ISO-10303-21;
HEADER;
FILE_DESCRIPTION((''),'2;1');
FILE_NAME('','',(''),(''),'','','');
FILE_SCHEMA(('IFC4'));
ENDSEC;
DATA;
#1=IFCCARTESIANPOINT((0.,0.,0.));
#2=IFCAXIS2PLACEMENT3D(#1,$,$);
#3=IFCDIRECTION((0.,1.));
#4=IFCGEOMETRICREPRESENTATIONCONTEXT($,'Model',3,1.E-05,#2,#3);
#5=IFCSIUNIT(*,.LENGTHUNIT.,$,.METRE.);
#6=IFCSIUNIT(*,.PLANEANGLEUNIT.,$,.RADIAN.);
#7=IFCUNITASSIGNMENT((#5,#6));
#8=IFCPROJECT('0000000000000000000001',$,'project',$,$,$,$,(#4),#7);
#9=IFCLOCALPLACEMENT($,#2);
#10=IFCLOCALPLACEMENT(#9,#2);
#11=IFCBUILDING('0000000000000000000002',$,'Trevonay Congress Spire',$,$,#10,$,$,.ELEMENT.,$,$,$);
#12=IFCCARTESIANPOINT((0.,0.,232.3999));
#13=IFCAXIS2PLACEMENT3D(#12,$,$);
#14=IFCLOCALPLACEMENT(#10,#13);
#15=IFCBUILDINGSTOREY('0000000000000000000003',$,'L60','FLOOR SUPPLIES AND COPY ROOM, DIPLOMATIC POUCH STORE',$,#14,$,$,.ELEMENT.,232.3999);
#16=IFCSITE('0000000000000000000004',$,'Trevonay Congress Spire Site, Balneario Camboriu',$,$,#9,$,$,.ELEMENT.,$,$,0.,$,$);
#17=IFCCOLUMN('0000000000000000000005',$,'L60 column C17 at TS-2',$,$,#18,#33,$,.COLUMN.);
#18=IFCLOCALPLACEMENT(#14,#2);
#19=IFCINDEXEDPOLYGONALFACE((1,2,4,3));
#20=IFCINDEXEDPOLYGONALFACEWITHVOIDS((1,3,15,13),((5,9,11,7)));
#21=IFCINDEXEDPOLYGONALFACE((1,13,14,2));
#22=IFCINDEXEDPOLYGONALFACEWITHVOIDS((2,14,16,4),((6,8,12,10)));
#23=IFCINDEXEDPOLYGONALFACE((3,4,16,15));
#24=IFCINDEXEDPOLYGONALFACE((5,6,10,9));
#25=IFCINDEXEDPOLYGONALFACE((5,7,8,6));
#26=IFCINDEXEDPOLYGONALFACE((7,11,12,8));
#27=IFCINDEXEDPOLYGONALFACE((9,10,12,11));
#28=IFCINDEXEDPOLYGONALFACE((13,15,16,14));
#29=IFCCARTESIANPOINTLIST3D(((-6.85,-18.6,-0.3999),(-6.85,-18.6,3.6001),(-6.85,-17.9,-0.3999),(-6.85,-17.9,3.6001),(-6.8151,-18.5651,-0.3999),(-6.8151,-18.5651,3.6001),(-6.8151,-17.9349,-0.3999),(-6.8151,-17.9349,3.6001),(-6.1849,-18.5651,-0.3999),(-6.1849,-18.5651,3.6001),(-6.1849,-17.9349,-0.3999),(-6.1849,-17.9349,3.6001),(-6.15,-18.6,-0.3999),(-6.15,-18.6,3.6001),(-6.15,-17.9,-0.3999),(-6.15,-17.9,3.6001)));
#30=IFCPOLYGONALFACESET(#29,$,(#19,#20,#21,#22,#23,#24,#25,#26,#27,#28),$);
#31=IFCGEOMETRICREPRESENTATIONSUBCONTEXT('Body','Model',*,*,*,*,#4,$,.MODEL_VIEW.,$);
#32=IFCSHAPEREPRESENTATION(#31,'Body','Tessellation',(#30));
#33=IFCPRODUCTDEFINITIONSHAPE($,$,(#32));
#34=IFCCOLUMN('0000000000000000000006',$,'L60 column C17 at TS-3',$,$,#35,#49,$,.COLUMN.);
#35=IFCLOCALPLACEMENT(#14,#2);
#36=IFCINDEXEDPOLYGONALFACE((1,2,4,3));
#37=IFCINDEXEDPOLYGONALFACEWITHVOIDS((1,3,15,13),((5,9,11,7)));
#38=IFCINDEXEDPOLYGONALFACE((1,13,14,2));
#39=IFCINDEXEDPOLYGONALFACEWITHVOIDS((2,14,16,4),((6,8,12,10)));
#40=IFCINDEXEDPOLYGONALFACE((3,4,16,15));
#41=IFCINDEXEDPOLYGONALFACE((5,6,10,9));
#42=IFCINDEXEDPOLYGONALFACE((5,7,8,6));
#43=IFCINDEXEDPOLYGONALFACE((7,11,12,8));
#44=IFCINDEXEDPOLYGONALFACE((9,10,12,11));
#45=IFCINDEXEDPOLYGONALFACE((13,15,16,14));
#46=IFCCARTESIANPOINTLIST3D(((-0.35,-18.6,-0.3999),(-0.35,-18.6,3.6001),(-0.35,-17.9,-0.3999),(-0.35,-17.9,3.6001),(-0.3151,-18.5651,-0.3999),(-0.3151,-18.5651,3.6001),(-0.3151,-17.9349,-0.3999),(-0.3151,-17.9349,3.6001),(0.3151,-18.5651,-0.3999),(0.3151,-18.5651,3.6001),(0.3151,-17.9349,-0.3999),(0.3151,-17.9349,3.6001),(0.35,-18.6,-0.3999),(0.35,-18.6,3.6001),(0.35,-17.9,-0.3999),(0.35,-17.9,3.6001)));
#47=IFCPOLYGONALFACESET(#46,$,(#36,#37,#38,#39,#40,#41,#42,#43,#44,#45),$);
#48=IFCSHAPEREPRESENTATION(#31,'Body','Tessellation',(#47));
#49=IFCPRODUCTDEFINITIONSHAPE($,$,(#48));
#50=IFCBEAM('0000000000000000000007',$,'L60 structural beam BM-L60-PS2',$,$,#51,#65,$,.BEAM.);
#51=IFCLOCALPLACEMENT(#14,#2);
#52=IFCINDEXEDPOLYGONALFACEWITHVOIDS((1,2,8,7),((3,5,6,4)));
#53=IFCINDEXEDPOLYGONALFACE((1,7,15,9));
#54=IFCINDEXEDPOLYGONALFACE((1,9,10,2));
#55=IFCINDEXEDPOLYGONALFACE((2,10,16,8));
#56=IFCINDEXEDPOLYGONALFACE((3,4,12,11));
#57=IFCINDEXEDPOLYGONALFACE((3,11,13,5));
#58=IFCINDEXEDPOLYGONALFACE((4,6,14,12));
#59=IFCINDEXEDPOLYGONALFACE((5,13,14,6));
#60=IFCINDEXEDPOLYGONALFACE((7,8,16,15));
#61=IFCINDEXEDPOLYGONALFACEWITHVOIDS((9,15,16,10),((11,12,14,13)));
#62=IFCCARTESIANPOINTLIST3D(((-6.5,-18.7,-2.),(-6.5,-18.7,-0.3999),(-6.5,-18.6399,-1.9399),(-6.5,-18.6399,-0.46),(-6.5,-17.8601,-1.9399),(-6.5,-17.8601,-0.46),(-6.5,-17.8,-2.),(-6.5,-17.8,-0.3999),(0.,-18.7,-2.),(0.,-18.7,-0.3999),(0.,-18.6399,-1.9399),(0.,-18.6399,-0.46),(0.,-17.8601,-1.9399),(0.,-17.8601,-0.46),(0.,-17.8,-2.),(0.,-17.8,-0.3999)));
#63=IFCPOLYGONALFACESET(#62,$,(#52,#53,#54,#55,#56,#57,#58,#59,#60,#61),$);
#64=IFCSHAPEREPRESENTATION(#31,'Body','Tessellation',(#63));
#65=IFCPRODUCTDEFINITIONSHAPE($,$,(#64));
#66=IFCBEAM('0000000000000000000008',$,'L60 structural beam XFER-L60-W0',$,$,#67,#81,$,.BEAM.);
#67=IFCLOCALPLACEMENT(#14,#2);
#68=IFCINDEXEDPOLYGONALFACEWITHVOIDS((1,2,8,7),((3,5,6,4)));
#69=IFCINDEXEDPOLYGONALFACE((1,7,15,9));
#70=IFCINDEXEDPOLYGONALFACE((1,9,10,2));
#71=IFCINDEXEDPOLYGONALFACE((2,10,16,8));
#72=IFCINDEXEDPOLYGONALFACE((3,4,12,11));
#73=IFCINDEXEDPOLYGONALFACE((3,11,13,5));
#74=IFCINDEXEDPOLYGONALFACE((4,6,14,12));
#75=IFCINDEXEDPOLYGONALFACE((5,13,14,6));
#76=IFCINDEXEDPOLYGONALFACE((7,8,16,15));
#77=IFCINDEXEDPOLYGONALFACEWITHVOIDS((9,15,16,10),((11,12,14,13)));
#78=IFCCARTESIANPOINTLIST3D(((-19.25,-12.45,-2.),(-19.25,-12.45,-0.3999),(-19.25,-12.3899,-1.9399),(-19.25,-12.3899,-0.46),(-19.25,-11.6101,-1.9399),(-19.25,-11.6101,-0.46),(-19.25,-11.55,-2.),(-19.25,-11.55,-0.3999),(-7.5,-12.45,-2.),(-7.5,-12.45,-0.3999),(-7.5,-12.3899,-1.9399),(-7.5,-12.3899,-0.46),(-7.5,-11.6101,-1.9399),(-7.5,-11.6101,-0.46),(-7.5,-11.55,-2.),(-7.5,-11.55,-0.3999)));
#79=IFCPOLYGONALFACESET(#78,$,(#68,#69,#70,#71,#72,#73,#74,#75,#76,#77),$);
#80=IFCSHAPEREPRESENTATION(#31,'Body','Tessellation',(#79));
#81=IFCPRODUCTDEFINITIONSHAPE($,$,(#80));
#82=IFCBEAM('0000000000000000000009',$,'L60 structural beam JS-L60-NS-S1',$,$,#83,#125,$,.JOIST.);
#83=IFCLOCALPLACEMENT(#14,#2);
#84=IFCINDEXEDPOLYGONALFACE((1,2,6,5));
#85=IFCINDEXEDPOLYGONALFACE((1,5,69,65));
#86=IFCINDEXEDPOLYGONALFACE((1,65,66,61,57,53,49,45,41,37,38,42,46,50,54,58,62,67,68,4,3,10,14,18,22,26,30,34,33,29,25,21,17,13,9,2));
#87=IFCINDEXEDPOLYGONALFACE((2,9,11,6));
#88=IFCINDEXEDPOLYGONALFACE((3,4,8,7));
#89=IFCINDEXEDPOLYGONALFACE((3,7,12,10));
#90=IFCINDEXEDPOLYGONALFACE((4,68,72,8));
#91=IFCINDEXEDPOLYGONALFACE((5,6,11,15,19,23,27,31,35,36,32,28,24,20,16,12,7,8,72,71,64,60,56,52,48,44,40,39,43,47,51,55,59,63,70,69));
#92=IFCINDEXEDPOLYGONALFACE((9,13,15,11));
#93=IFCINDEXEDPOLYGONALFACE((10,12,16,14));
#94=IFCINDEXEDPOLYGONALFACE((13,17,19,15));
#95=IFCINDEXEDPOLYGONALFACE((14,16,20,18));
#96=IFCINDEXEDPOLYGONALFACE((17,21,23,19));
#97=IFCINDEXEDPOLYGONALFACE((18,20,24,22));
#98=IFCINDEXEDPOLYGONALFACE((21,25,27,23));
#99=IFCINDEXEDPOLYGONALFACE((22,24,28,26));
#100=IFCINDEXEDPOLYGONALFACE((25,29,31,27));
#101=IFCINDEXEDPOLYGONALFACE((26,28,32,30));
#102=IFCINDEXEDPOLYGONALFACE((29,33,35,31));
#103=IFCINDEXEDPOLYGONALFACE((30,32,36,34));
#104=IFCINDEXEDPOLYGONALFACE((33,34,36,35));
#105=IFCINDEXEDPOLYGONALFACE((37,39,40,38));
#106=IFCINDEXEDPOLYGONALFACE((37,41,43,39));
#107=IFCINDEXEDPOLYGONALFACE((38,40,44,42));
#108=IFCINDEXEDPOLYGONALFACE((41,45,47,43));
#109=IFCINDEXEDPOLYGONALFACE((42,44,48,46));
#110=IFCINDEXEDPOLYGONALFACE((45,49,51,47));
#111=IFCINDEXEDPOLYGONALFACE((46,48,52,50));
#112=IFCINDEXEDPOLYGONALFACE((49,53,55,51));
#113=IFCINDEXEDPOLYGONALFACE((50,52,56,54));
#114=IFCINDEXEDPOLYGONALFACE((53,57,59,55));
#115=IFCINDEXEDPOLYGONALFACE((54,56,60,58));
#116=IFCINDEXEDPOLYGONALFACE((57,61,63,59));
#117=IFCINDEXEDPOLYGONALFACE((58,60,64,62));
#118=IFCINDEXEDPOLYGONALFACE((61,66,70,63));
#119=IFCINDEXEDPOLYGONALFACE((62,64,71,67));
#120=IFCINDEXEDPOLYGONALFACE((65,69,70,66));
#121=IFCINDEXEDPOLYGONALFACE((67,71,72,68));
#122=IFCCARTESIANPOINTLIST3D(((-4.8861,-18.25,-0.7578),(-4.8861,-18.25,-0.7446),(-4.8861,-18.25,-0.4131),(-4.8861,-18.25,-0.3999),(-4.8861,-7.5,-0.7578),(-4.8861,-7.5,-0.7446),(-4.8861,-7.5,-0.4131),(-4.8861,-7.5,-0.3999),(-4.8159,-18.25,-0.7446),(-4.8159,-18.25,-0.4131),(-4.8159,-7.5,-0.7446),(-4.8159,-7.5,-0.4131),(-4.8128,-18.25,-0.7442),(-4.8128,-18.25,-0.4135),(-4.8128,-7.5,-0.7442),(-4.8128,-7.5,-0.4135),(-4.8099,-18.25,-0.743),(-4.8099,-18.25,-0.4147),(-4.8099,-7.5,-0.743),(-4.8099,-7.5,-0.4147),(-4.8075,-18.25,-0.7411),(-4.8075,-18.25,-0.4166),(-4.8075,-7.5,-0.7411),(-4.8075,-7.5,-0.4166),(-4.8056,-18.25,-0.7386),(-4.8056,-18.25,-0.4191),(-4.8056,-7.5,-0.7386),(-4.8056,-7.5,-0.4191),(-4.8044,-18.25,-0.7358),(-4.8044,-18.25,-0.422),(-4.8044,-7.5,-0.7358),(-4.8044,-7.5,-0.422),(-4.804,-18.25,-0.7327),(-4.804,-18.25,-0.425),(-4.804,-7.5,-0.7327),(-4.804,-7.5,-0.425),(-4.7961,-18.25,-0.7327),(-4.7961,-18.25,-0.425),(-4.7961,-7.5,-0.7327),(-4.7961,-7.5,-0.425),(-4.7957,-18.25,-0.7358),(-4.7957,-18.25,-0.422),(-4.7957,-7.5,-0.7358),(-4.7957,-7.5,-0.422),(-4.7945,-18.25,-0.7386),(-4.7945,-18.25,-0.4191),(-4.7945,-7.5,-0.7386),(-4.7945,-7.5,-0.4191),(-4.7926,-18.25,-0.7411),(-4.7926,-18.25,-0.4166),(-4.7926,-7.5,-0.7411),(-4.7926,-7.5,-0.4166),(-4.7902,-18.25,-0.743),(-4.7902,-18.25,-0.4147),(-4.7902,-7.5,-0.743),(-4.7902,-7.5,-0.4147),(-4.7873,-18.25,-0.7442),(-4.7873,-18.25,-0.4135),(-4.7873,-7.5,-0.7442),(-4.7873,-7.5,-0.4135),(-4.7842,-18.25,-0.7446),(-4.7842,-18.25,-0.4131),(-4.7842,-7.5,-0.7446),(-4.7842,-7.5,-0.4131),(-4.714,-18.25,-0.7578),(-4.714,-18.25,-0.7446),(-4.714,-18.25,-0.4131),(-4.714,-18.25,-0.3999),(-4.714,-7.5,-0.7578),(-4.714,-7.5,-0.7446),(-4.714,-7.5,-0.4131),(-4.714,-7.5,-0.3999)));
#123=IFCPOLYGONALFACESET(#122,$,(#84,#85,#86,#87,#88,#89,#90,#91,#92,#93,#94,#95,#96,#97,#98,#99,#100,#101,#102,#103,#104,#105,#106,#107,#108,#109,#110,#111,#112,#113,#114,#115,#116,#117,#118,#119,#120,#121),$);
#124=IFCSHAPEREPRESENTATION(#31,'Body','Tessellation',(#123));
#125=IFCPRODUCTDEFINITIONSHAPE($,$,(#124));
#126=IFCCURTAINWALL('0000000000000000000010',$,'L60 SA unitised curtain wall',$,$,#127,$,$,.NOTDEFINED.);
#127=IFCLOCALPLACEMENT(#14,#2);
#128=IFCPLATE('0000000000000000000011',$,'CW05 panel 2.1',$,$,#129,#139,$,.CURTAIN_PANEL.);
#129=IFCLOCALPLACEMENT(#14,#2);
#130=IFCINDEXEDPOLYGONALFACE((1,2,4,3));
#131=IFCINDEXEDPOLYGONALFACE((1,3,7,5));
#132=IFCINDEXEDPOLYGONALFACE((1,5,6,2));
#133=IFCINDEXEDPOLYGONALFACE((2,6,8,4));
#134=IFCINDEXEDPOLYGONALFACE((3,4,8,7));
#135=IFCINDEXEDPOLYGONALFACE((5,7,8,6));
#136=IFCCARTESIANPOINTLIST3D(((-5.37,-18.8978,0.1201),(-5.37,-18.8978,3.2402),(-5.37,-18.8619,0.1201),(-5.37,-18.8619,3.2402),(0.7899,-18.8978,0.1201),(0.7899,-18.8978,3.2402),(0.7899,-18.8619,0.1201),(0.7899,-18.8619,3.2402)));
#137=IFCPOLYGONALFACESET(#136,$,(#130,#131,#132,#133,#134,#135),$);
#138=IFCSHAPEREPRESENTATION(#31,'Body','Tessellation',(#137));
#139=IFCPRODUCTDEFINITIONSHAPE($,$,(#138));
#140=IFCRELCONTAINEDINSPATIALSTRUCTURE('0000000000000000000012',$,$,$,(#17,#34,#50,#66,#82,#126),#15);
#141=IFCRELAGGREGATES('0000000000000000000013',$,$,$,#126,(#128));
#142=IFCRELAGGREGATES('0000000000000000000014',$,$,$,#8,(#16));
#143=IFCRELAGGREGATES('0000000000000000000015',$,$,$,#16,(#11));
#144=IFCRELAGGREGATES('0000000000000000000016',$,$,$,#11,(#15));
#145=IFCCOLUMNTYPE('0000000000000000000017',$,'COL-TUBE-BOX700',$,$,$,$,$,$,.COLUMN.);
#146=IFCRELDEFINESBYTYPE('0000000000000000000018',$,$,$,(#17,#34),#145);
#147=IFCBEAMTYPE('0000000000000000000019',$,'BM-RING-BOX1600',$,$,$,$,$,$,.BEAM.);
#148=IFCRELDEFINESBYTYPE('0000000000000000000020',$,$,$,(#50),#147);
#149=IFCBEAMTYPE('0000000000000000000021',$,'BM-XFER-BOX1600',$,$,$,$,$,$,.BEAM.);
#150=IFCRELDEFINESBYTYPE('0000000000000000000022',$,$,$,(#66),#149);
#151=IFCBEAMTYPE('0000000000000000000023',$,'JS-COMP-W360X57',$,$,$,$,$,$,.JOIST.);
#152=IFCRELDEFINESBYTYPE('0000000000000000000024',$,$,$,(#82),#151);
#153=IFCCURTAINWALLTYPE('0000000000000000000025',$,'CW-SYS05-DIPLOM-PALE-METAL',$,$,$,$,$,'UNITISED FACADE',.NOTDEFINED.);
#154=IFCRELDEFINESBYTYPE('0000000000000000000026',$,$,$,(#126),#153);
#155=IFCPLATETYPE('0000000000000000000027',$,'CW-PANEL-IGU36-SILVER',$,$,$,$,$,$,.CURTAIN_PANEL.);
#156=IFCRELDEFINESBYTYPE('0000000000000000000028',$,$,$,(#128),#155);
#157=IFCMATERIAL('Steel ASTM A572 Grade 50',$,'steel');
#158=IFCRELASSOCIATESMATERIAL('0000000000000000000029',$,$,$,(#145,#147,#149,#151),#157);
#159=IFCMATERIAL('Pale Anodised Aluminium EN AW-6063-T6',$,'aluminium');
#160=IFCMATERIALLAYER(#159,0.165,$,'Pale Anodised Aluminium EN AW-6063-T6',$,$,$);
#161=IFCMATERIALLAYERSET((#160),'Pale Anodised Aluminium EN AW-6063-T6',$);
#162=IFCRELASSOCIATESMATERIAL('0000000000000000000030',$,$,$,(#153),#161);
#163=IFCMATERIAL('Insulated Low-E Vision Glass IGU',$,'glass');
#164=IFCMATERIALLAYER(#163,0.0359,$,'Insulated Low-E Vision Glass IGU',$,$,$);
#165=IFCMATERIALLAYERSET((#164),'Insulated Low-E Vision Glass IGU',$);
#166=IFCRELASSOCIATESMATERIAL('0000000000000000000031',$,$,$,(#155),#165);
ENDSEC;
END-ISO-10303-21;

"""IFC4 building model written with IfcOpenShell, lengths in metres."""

from ifc_helpers import new_model, si_unit, direction, frame, origin, origin_2d, place, context, subcontext, project, spatial, rectangle, hollow_rectangle, i_section, extrude, material, layer, layer_set, material_profile, profile_set, type_object, element, aggregate, save


model = new_model("IFC4")

# Units and contexts
model_context = context("Model", 3, precision=1e-05, world=origin(), true_north=direction((0.0, 1.0)))
body_context = subcontext(model_context, "Body", "Model", "MODEL_VIEW")
ifc_project = project(units=[si_unit("LENGTHUNIT", "METRE"), si_unit("PLANEANGLEUNIT", "RADIAN")], contexts=[model_context])

# Site, building, storey
site_placement = place(None, origin())
site = spatial("IfcSite", under=ifc_project, at=site_placement, Name="Trevonay Congress Spire Site, Balneario Camboriu", CompositionType="ELEMENT", RefElevation=0.0)
building_placement = place(site_placement, origin())
building = spatial("IfcBuilding", under=site, at=building_placement, Name="Trevonay Congress Spire", CompositionType="ELEMENT")
storey_placement = place(building_placement, frame((0.0, 0.0, 232.3999)))
storey = spatial("IfcBuildingStorey", under=building, at=storey_placement, Name="L60", Description="FLOOR SUPPLIES AND COPY ROOM, DIPLOMATIC POUCH STORE", CompositionType="ELEMENT", Elevation=232.3999)

# Columns
ifc_material_1 = material(Name="Steel ASTM A572 Grade 50", Category="steel")
ifc_material_profile_1 = material_profile(ifc_material_1, hollow_rectangle(XDim=0.7, YDim=0.7, WallThickness=0.0349, at=origin_2d()), Name="BOX 700x700x35")
ifc_profile_set_1 = profile_set([ifc_material_profile_1], Name="Steel ASTM A572 Grade 50")
column_type = type_object("IfcColumnType", Name="COL-TUBE-BOX700", PredefinedType="COLUMN", material=ifc_profile_set_1)
for number, where, z_axis, x_axis, name in (
    (1, (-6.5, -18.25, -0.3999), (0.0, 0.0, 1.0), (1.0, 0.0, 0.0), "L60 column C17 at TS-2"),
    (2, (0.0, -18.25, -0.3999), (0.0, 0.0, 1.0), (1.0, 0.0, 0.0), "L60 column C17 at TS-3"),
):
    element("IfcColumn", number, at=place(storey_placement, frame(where, z_axis=z_axis, x_axis=x_axis)), inside=storey, type_object=column_type, Name=name, PredefinedType="COLUMN", context=body_context, shape_type="SweptSolid", body=[
        extrude(hollow_rectangle(XDim=0.7, YDim=0.7, WallThickness=0.0349, at=origin_2d()), origin(), (0.0, 0.0, 1.0), 4.0),
    ])

# Beams
ifc_material_profile_2 = material_profile(ifc_material_1, hollow_rectangle(XDim=0.8999, YDim=1.6001, WallThickness=0.0601, at=origin_2d()), Name="BOX 1600x900x60")
ifc_profile_set_2 = profile_set([ifc_material_profile_2], Name="Steel ASTM A572 Grade 50")
beam_type_1 = type_object("IfcBeamType", Name="BM-RING-BOX1600", PredefinedType="BEAM", material=ifc_profile_set_2)
beam_1_placement = place(storey_placement, frame((-6.5, -18.25, -1.2), z_axis=(1.0, 0.0, 0.0), x_axis=(0.0, 1.0, 0.0)))
element("IfcBeam", 3, at=beam_1_placement, inside=storey, type_object=beam_type_1, Name="L60 structural beam BM-L60-PS2", PredefinedType="BEAM", context=body_context, shape_type="SweptSolid", body=[
    extrude(hollow_rectangle(XDim=0.8999, YDim=1.6001, WallThickness=0.0601, at=origin_2d()), origin(), (0.0, 0.0, 1.0), 6.5),
])
ifc_material_profile_3 = material_profile(ifc_material_1, hollow_rectangle(XDim=0.8999, YDim=1.6001, WallThickness=0.0601, at=origin_2d()), Name="BOX 1600x900x60")
ifc_profile_set_3 = profile_set([ifc_material_profile_3], Name="Steel ASTM A572 Grade 50")
beam_type_2 = type_object("IfcBeamType", Name="BM-XFER-BOX1600", PredefinedType="BEAM", material=ifc_profile_set_3)
beam_2_placement = place(storey_placement, frame((-7.5, -12.0, -1.2), z_axis=(-1.0, 0.0, 0.0), x_axis=(0.0, -1.0, 0.0)))
element("IfcBeam", 4, at=beam_2_placement, inside=storey, type_object=beam_type_2, Name="L60 structural beam XFER-L60-W0", PredefinedType="BEAM", context=body_context, shape_type="SweptSolid", body=[
    extrude(hollow_rectangle(XDim=0.8999, YDim=1.6001, WallThickness=0.0601, at=origin_2d()), origin(), (0.0, 0.0, 1.0), 11.75),
])
ifc_material_profile_4 = material_profile(ifc_material_1, i_section(OverallWidth=0.1721, OverallDepth=0.3579, WebThickness=0.0078, FlangeThickness=0.0132, FilletRadius=0.012, at=origin_2d()), Name="W360x57.8")
ifc_profile_set_4 = profile_set([ifc_material_profile_4], Name="Steel ASTM A572 Grade 50")
beam_type_3 = type_object("IfcBeamType", Name="JS-COMP-W360X57", PredefinedType="JOIST", material=ifc_profile_set_4)
beam_3_placement = place(storey_placement, frame((-4.8, -18.25, -0.5789), z_axis=(0.0, 1.0, 0.0), x_axis=(-1.0, 0.0, 0.0)))
element("IfcBeam", 5, at=beam_3_placement, inside=storey, type_object=beam_type_3, Name="L60 structural beam JS-L60-NS-S1", PredefinedType="JOIST", context=body_context, shape_type="SweptSolid", body=[
    extrude(i_section(OverallWidth=0.1721, OverallDepth=0.3579, WebThickness=0.0078, FlangeThickness=0.0132, FilletRadius=0.012, at=origin_2d()), origin(), (0.0, 0.0, 1.0), 10.75),
])

# Curtain wall, plate
ifc_material_2 = material(Name="Pale Anodised Aluminium EN AW-6063-T6", Category="aluminium")
ifc_layer_1 = layer(ifc_material_2, 0.165, Name="Pale Anodised Aluminium EN AW-6063-T6")
ifc_layer_set_1 = layer_set([ifc_layer_1], Name="Pale Anodised Aluminium EN AW-6063-T6")
curtain_wall_type = type_object("IfcCurtainWallType", Name="CW-SYS05-DIPLOM-PALE-METAL", ElementType="UNITISED FACADE", PredefinedType="NOTDEFINED", material=ifc_layer_set_1)
curtain_wall_placement = place(storey_placement, origin())
curtain_wall = element("IfcCurtainWall", 6, at=curtain_wall_placement, inside=storey, type_object=curtain_wall_type, Name="L60 SA unitised curtain wall", PredefinedType="NOTDEFINED")
ifc_material_3 = material(Name="Insulated Low-E Vision Glass IGU", Category="glass")
ifc_layer_2 = layer(ifc_material_3, 0.0359, Name="Insulated Low-E Vision Glass IGU")
ifc_layer_set_2 = layer_set([ifc_layer_2], Name="Insulated Low-E Vision Glass IGU")
plate_type = type_object("IfcPlateType", Name="CW-PANEL-IGU36-SILVER", PredefinedType="CURTAIN_PANEL", material=ifc_layer_set_2)
plate_placement = place(storey_placement, frame((-2.29, -18.8799, 0.1201), z_axis=(0.0, 0.0, 1.0), x_axis=(1.0, 0.0, 0.0)))
plate = element("IfcPlate", 7, at=plate_placement, type_object=plate_type, Name="CW05 panel 2.1", PredefinedType="CURTAIN_PANEL", context=body_context, shape_type="SweptSolid", body=[
    extrude(rectangle(XDim=6.1599, YDim=0.0359, at=origin_2d()), origin(), (0.0, 0.0, 1.0), 3.1201),
])
aggregate(curtain_wall, [plate])

save(model, "model.ifc")
